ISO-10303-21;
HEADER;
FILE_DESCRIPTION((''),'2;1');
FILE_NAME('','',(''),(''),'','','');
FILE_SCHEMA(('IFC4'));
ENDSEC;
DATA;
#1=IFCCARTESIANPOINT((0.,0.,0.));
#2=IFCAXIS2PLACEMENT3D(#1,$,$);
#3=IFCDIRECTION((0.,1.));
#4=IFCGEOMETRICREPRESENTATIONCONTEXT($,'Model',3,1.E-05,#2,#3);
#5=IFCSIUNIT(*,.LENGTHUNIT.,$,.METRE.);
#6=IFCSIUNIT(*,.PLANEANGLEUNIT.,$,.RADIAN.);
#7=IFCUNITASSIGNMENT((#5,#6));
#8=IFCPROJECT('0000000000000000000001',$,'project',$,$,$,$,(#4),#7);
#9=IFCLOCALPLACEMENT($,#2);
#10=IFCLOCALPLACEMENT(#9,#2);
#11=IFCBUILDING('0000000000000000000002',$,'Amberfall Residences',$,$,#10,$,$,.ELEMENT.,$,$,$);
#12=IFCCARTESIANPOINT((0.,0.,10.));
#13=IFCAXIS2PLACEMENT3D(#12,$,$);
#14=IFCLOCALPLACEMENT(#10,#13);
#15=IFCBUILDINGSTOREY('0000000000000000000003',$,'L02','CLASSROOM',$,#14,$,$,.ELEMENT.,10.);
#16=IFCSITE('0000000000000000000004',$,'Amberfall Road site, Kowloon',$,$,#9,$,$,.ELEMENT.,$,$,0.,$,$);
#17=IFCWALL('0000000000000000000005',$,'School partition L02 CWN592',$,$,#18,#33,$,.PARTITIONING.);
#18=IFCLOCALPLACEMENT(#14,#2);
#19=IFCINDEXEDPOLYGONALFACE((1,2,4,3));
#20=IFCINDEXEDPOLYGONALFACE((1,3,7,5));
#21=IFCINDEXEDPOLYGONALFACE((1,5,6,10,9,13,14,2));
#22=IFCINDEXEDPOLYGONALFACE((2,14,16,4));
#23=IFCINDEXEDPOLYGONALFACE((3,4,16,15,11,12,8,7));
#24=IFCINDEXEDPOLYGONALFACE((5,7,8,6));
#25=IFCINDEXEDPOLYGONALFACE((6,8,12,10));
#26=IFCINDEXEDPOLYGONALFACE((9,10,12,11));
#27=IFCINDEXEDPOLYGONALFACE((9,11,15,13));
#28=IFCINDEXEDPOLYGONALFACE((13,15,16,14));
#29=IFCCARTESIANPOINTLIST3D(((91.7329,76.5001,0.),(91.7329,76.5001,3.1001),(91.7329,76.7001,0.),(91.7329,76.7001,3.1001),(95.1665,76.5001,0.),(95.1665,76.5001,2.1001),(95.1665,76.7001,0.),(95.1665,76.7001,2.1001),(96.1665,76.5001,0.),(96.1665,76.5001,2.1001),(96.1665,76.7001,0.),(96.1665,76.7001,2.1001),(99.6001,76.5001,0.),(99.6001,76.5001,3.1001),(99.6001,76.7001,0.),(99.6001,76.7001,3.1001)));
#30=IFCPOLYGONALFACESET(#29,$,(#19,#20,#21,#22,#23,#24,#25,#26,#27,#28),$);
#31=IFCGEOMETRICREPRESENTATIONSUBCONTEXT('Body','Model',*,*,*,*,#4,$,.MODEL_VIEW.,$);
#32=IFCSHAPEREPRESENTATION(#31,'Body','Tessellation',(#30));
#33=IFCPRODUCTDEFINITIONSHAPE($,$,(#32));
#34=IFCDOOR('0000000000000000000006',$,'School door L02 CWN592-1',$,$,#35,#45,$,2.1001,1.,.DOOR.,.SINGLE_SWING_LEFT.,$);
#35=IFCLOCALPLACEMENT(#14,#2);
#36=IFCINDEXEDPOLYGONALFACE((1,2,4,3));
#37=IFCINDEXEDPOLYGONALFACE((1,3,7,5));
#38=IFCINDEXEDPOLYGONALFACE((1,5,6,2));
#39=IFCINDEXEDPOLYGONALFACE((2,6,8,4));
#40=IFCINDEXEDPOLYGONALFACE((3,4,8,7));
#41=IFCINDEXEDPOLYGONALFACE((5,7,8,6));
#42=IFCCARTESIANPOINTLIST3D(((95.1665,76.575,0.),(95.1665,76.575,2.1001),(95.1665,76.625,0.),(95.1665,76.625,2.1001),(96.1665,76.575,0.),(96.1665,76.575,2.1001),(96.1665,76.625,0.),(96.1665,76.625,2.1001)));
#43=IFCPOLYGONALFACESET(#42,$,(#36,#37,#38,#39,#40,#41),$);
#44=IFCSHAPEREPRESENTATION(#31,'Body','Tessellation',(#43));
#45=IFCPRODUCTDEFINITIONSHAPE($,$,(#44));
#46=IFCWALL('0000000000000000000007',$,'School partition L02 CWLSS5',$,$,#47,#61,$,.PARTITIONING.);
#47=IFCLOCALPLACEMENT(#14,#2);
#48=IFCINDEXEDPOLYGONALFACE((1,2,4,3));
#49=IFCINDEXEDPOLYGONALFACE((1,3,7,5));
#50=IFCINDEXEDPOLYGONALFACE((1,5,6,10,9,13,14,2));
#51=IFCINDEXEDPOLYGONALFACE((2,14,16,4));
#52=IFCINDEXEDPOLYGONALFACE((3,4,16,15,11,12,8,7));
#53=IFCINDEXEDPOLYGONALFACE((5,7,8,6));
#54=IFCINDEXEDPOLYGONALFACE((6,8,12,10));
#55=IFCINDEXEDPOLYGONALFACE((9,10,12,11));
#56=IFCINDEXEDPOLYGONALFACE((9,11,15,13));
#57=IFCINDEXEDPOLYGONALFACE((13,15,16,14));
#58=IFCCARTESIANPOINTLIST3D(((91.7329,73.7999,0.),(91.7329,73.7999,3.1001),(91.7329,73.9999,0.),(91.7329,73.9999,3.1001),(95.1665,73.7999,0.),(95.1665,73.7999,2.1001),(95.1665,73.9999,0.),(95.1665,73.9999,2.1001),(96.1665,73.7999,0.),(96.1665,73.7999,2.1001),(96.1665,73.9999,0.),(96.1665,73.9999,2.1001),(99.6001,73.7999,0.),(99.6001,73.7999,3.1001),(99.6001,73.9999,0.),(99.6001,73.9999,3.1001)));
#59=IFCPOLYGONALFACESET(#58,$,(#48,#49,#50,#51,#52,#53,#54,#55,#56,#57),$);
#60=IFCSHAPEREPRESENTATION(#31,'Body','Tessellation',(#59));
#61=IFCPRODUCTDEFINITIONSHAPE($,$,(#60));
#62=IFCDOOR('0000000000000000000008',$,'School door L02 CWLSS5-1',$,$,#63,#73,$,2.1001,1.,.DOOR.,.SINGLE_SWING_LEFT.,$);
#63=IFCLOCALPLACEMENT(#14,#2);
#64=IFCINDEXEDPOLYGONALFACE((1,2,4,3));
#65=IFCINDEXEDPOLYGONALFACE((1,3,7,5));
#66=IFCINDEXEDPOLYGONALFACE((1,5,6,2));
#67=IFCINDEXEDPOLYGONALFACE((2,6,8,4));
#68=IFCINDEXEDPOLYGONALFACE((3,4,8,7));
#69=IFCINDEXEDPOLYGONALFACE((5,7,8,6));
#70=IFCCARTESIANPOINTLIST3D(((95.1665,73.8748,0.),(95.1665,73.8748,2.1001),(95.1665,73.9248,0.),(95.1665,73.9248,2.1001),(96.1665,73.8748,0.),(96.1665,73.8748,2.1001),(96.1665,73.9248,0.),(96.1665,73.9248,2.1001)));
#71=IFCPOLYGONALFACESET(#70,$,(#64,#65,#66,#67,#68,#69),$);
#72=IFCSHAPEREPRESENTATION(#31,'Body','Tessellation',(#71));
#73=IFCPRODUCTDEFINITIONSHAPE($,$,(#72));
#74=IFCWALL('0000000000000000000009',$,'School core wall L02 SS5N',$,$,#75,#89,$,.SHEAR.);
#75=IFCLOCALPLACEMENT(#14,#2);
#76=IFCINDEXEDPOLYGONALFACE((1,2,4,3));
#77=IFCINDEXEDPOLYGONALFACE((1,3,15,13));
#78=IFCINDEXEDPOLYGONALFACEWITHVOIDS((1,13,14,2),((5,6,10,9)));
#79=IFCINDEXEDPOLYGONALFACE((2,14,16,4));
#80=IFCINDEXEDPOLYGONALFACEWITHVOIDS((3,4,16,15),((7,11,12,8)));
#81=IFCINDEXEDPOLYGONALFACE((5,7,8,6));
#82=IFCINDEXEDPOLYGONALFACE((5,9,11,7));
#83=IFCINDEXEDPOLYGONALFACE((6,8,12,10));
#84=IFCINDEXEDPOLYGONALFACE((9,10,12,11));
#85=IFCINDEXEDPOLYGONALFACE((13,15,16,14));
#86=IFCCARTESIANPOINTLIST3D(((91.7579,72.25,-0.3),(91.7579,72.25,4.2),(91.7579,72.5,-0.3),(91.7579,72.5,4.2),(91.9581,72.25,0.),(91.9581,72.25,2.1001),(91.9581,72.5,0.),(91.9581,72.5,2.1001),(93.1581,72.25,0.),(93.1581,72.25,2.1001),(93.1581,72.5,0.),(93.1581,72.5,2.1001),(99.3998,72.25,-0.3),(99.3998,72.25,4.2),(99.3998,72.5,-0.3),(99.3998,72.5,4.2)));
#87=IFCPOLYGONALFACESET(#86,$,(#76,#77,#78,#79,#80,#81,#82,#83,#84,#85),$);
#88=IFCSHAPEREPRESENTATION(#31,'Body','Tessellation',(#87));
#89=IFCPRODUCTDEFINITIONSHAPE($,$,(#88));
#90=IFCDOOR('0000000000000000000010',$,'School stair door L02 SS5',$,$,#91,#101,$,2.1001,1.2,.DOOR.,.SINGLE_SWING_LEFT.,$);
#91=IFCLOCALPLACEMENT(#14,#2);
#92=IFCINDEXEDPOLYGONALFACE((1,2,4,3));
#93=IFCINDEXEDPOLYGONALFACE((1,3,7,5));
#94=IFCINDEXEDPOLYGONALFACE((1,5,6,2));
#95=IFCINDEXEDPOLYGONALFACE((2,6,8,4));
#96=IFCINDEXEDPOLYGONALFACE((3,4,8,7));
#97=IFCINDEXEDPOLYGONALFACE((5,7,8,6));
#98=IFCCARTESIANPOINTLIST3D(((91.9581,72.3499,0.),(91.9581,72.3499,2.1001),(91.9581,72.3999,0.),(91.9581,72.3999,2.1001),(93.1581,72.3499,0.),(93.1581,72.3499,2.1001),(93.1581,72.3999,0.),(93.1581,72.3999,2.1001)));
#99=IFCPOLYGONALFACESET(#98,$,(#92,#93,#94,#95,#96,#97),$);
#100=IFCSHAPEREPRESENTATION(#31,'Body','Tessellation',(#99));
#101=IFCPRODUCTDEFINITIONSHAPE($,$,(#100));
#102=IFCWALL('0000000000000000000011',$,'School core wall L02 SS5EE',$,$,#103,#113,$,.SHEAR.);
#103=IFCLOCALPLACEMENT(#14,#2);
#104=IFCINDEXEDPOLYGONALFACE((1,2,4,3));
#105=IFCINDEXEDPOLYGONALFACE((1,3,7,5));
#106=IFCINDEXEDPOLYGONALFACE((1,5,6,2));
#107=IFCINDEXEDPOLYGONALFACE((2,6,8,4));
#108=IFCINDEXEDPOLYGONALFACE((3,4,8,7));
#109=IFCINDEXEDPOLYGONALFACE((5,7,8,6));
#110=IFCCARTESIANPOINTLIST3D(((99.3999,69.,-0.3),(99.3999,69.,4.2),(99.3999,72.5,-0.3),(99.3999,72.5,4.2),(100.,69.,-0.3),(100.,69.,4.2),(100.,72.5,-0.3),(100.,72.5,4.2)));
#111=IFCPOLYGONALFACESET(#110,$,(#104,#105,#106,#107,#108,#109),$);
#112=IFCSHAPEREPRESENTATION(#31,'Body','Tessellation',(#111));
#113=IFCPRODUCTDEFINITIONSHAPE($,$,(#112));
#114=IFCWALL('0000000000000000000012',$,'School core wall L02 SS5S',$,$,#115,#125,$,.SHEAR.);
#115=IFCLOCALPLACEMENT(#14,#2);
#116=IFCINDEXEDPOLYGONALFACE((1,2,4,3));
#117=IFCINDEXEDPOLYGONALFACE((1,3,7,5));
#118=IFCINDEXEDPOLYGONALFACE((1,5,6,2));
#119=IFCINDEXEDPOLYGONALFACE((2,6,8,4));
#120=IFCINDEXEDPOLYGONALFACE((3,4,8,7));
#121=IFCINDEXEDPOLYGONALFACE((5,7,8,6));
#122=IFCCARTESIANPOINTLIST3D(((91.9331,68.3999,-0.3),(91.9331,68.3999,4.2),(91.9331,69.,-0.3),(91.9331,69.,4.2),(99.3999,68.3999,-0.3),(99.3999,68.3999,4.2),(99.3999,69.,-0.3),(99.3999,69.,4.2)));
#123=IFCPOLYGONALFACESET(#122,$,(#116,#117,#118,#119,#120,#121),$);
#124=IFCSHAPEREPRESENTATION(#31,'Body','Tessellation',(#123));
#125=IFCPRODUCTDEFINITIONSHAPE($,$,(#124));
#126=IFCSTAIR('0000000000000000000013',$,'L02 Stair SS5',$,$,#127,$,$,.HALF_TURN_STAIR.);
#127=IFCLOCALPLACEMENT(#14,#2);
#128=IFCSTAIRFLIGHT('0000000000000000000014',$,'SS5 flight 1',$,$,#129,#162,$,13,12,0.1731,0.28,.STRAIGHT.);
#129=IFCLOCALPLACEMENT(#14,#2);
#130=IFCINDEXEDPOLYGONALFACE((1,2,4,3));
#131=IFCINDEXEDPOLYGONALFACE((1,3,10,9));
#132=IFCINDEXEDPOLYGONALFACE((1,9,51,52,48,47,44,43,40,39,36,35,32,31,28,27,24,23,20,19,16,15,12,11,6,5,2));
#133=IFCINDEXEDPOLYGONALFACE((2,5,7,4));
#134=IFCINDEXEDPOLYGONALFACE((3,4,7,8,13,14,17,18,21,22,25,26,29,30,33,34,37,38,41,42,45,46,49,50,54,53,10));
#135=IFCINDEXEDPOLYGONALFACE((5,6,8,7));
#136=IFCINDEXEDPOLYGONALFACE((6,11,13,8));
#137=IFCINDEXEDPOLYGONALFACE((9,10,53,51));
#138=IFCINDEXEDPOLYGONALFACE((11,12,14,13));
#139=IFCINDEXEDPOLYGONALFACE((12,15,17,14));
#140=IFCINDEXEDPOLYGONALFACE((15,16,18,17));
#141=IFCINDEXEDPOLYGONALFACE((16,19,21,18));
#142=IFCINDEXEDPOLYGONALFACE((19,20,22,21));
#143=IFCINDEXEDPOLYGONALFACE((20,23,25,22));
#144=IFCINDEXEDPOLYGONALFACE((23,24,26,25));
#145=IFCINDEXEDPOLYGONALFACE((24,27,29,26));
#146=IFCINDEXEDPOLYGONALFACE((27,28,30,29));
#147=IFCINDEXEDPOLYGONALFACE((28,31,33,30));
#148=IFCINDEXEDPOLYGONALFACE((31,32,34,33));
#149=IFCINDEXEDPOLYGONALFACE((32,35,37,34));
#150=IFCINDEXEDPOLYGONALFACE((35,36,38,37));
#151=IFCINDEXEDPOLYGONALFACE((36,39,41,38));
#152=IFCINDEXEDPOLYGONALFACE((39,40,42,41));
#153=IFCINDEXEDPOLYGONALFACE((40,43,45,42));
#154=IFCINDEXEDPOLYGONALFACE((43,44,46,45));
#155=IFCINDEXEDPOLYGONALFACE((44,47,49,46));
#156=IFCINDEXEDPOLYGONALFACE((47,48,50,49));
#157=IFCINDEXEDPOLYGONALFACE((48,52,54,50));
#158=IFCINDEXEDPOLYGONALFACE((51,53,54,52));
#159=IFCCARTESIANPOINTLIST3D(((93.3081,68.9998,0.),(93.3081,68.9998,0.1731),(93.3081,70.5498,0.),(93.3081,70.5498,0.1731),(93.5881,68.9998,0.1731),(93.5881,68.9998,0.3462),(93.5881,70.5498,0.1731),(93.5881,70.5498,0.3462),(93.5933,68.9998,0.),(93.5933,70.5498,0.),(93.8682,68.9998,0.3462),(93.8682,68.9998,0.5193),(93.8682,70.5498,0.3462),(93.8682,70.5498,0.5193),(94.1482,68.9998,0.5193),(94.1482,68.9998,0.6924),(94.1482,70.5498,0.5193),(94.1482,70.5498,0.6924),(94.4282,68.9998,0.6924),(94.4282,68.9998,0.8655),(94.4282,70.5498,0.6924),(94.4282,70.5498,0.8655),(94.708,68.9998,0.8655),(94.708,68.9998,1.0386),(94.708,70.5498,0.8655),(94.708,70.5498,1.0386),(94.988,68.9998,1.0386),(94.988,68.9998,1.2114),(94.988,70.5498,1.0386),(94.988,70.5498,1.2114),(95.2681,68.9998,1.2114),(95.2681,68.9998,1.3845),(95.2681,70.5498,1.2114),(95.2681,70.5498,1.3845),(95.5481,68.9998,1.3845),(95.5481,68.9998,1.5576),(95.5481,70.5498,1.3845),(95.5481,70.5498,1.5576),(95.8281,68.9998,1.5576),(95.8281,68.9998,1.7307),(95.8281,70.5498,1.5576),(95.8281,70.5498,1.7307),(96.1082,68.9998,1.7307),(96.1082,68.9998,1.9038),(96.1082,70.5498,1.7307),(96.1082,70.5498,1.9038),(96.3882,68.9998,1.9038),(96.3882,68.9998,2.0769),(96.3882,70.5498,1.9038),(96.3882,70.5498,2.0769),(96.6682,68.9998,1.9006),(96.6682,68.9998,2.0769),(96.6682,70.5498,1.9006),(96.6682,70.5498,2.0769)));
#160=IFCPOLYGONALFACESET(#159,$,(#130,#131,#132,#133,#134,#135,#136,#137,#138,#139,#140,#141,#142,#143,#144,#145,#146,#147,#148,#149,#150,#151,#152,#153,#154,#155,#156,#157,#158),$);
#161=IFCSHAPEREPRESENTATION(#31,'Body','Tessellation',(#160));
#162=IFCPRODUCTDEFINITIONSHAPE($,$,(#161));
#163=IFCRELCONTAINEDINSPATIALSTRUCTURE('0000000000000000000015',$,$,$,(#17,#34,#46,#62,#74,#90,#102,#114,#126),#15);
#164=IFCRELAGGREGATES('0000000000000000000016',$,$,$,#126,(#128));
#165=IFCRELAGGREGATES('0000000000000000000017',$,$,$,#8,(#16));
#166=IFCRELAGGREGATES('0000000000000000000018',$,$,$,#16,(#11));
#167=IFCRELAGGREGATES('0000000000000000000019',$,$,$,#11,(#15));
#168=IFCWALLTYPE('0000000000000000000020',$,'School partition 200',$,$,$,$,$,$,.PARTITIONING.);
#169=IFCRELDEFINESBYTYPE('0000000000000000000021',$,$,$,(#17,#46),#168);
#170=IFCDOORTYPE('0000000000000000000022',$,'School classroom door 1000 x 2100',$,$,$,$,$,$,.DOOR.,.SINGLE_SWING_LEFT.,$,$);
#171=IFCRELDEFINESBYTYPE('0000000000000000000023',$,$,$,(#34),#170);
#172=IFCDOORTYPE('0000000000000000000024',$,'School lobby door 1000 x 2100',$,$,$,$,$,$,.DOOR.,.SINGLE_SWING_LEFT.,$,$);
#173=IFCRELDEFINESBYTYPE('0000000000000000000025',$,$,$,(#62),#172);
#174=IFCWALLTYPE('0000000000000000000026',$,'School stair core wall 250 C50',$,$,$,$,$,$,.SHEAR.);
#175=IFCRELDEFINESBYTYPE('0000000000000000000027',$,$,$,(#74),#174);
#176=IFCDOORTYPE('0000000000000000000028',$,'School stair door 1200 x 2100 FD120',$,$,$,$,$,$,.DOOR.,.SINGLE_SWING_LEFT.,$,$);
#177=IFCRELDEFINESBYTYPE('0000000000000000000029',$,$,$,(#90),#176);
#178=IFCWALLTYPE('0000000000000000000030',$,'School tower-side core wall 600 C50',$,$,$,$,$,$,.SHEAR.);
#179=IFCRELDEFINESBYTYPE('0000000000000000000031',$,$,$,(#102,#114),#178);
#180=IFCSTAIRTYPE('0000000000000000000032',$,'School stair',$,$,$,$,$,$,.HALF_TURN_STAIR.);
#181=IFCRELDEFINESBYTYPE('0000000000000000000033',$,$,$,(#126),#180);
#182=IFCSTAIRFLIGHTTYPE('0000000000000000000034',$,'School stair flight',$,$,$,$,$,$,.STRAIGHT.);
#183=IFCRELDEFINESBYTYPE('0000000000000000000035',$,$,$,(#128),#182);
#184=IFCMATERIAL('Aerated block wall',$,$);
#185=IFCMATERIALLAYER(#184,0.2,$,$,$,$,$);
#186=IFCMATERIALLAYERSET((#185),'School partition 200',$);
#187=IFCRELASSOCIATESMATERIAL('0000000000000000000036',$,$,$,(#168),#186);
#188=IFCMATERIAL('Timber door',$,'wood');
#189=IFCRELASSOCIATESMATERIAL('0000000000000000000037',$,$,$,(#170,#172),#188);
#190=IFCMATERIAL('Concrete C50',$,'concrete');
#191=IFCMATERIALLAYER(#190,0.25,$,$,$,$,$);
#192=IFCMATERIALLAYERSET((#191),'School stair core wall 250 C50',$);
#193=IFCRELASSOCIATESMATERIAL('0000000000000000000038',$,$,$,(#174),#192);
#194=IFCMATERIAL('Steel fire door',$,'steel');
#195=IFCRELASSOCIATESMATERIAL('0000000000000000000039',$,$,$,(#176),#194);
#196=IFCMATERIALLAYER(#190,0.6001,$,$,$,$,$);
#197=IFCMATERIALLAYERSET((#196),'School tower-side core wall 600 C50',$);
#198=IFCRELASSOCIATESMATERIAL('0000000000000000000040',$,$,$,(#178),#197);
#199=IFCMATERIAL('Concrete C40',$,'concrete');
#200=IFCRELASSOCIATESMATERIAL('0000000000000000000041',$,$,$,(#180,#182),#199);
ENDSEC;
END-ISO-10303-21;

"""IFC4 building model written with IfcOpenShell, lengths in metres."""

from ifc_helpers import new_model, si_unit, direction, frame, frame_2d, origin, place, context, subcontext, project, spatial, polyline, rectangle, outline, extrude, material, layer, layer_set, type_object, element, fill, aggregate, save


model = new_model("IFC4")

# Units and contexts
model_context = context("Model", 3, precision=1e-05, world=origin(), true_north=direction((0.0, 1.0)))
body_context = subcontext(model_context, "Body", "Model", "MODEL_VIEW")
ifc_project = project(units=[si_unit("LENGTHUNIT", "METRE"), si_unit("PLANEANGLEUNIT", "RADIAN")], contexts=[model_context])

# Site, building, storey
site_placement = place(None, origin())
site = spatial("IfcSite", under=ifc_project, at=site_placement, Name="Amberfall Road site, Kowloon", CompositionType="ELEMENT", RefElevation=0.0)
building_placement = place(site_placement, origin())
building = spatial("IfcBuilding", under=site, at=building_placement, Name="Amberfall Residences", CompositionType="ELEMENT")
storey_placement = place(building_placement, frame((0.0, 0.0, 10.0)))
storey = spatial("IfcBuildingStorey", under=building, at=storey_placement, Name="L02", Description="CLASSROOM", CompositionType="ELEMENT", Elevation=10.0)

# Shared definitions
ifc_material_1 = material(Name="Concrete C40", Category="concrete")

# Shared definitions
ifc_material_2 = material(Name="Aerated block wall")

# Walls, openings, doors
ifc_layer_1 = layer(ifc_material_2, 0.2)
ifc_layer_set_1 = layer_set([ifc_layer_1], Name="School partition 200")
wall_type_1 = type_object("IfcWallType", Name="School partition 200", PredefinedType="PARTITIONING", material=ifc_layer_set_1)
wall_1_placement = place(storey_placement, frame((91.7329, 76.6001, 0.0), z_axis=(0.0, 0.0, 1.0), x_axis=(1.0, 0.0, 0.0)))
wall_1 = element("IfcWall", 1, at=wall_1_placement, inside=storey, type_object=wall_type_1, Name="School partition L02 CWN592", PredefinedType="PARTITIONING", context=body_context, shape_type="SweptSolid", body=[
    extrude(rectangle(XDim=7.8672, YDim=0.2, at=frame_2d((3.9336, 0.0))), origin(), (0.0, 0.0, 1.0), 3.1001),
])
opening_1_placement = place(wall_1_placement, frame((3.4336, 0.0, 0.0)))
opening_1 = element("IfcOpeningElement", 2, at=opening_1_placement, cuts=wall_1, PredefinedType="OPENING", context=body_context, shape_type="SweptSolid", body=[
    extrude(rectangle(XDim=1.0, YDim=2.1001, at=frame_2d((0.5, 1.05))), frame((0.0, 0.1099, 0.0), z_axis=(0.0, -1.0, 0.0), x_axis=(1.0, 0.0, 0.0)), (0.0, 0.0, 1.0), 0.22),
])
ifc_material_3 = material(Name="Timber door", Category="wood")
door_type_1 = type_object("IfcDoorType", Name="School classroom door 1000 x 2100", OperationType="SINGLE_SWING_LEFT", PredefinedType="DOOR", material=ifc_material_3)
door_1_placement = place(opening_1_placement, origin())
door_1 = element("IfcDoor", 3, at=door_1_placement, inside=storey, type_object=door_type_1, Name="School door L02 CWN592-1", OperationType="SINGLE_SWING_LEFT", OverallHeight=2.1001, OverallWidth=1.0, PredefinedType="DOOR", context=body_context, shape_type="SweptSolid", body=[
    extrude(rectangle(XDim=1.0, YDim=2.1001, at=frame_2d((0.5, 1.05))), frame((0.0, 0.0249, 0.0), z_axis=(0.0, -1.0, 0.0), x_axis=(1.0, 0.0, 0.0)), (0.0, 0.0, 1.0), 0.05),
])
fill(opening_1, door_1)
wall_2_placement = place(storey_placement, frame((91.7329, 73.8999, 0.0), z_axis=(0.0, 0.0, 1.0), x_axis=(1.0, 0.0, 0.0)))
wall_2 = element("IfcWall", 4, at=wall_2_placement, inside=storey, type_object=wall_type_1, Name="School partition L02 CWLSS5", PredefinedType="PARTITIONING", context=body_context, shape_type="SweptSolid", body=[
    extrude(rectangle(XDim=7.8672, YDim=0.2, at=frame_2d((3.9336, 0.0))), origin(), (0.0, 0.0, 1.0), 3.1001),
])
opening_2_placement = place(wall_2_placement, frame((3.4336, 0.0, 0.0)))
opening_2 = element("IfcOpeningElement", 5, at=opening_2_placement, cuts=wall_2, PredefinedType="OPENING", context=body_context, shape_type="SweptSolid", body=[
    extrude(rectangle(XDim=1.0, YDim=2.1001, at=frame_2d((0.5, 1.05))), frame((0.0, 0.1099, 0.0), z_axis=(0.0, -1.0, 0.0), x_axis=(1.0, 0.0, 0.0)), (0.0, 0.0, 1.0), 0.22),
])
door_type_2 = type_object("IfcDoorType", Name="School lobby door 1000 x 2100", OperationType="SINGLE_SWING_LEFT", PredefinedType="DOOR", material=ifc_material_3)
door_2_placement = place(opening_2_placement, origin())
door_2 = element("IfcDoor", 6, at=door_2_placement, inside=storey, type_object=door_type_2, Name="School door L02 CWLSS5-1", OperationType="SINGLE_SWING_LEFT", OverallHeight=2.1001, OverallWidth=1.0, PredefinedType="DOOR", context=body_context, shape_type="SweptSolid", body=[
    extrude(rectangle(XDim=1.0, YDim=2.1001, at=frame_2d((0.5, 1.05))), frame((0.0, 0.0249, 0.0), z_axis=(0.0, -1.0, 0.0), x_axis=(1.0, 0.0, 0.0)), (0.0, 0.0, 1.0), 0.05),
])
fill(opening_2, door_2)
ifc_material_4 = material(Name="Concrete C50", Category="concrete")
ifc_layer_2 = layer(ifc_material_4, 0.25)
ifc_layer_set_2 = layer_set([ifc_layer_2], Name="School stair core wall 250 C50")
wall_type_2 = type_object("IfcWallType", Name="School stair core wall 250 C50", PredefinedType="SHEAR", material=ifc_layer_set_2)
wall_3_placement = place(storey_placement, frame((91.7581, 72.375, -0.3), z_axis=(0.0, 0.0, 1.0), x_axis=(1.0, 0.0, 0.0)))
wall_3 = element("IfcWall", 7, at=wall_3_placement, inside=storey, type_object=wall_type_2, Name="School core wall L02 SS5N", PredefinedType="SHEAR", context=body_context, shape_type="SweptSolid", body=[
    extrude(rectangle(XDim=7.6418, YDim=0.25, at=frame_2d((3.8208, 0.0))), origin(), (0.0, 0.0, 1.0), 4.5),
])
opening_3_placement = place(wall_3_placement, frame((0.2, 0.0, 0.3)))
opening_3 = element("IfcOpeningElement", 8, at=opening_3_placement, cuts=wall_3, PredefinedType="OPENING", context=body_context, shape_type="SweptSolid", body=[
    extrude(rectangle(XDim=1.2, YDim=2.1001, at=frame_2d((0.6001, 1.05))), frame((0.0, 0.135, 0.0), z_axis=(0.0, -1.0, 0.0), x_axis=(1.0, 0.0, 0.0)), (0.0, 0.0, 1.0), 0.27),
])
ifc_material_5 = material(Name="Steel fire door", Category="steel")
door_type_3 = type_object("IfcDoorType", Name="School stair door 1200 x 2100 FD120", OperationType="SINGLE_SWING_LEFT", PredefinedType="DOOR", material=ifc_material_5)
door_3_placement = place(opening_3_placement, origin())
door_3 = element("IfcDoor", 9, at=door_3_placement, inside=storey, type_object=door_type_3, Name="School stair door L02 SS5", OperationType="SINGLE_SWING_LEFT", OverallHeight=2.1001, OverallWidth=1.2, PredefinedType="DOOR", context=body_context, shape_type="SweptSolid", body=[
    extrude(rectangle(XDim=1.2, YDim=2.1001, at=frame_2d((0.6001, 1.05))), frame((0.0, 0.0249, 0.0), z_axis=(0.0, -1.0, 0.0), x_axis=(1.0, 0.0, 0.0)), (0.0, 0.0, 1.0), 0.05),
])
fill(opening_3, door_3)

# Walls
ifc_layer_3 = layer(ifc_material_4, 0.6001)
ifc_layer_set_3 = layer_set([ifc_layer_3], Name="School tower-side core wall 600 C50")
wall_type_3 = type_object("IfcWallType", Name="School tower-side core wall 600 C50", PredefinedType="SHEAR", material=ifc_layer_set_3)
wall_4_placement = place(storey_placement, frame((99.7, 69.0, -0.3), z_axis=(0.0, 0.0, 1.0), x_axis=(0.0, 1.0, 0.0)))
element("IfcWall", 10, at=wall_4_placement, inside=storey, type_object=wall_type_3, Name="School core wall L02 SS5EE", PredefinedType="SHEAR", context=body_context, shape_type="SweptSolid", body=[
    extrude(rectangle(XDim=3.5, YDim=0.6001, at=frame_2d((1.75, 0.0))), origin(), (0.0, 0.0, 1.0), 4.5),
])
wall_5_placement = place(storey_placement, frame((91.9331, 68.7, -0.3), z_axis=(0.0, 0.0, 1.0), x_axis=(1.0, 0.0, 0.0)))
element("IfcWall", 11, at=wall_5_placement, inside=storey, type_object=wall_type_3, Name="School core wall L02 SS5S", PredefinedType="SHEAR", context=body_context, shape_type="SweptSolid", body=[
    extrude(rectangle(XDim=7.4668, YDim=0.6001, at=frame_2d((3.7334, 0.0))), origin(), (0.0, 0.0, 1.0), 4.5),
])

# Stair, stair flight
stair_type = type_object("IfcStairType", Name="School stair", PredefinedType="HALF_TURN_STAIR", material=ifc_material_1)
stair_placement = place(storey_placement, origin())
stair = element("IfcStair", 12, at=stair_placement, inside=storey, type_object=stair_type, Name="L02 Stair SS5", PredefinedType="HALF_TURN_STAIR")
stair_flight_type = type_object("IfcStairFlightType", Name="School stair flight", PredefinedType="STRAIGHT", material=ifc_material_1)
stair_flight_1_placement = place(storey_placement, frame((93.3081, 69.7749, 0.0), z_axis=(0.0, 0.0, 1.0), x_axis=(1.0, 0.0, 0.0)))
stair_flight_1 = element("IfcStairFlight", 13, at=stair_flight_1_placement, type_object=stair_flight_type, Name="SS5 flight 1", NumberOfRisers=13, NumberOfTreads=12, PredefinedType="STRAIGHT", RiserHeight=0.1731, TreadLength=0.28, context=body_context, shape_type="SweptSolid", body=[
    extrude(outline(polyline([(0.0, 0.0), (0.0, 0.1731), (0.28, 0.1731), (0.28, 0.3462), (0.5601, 0.3462), (0.5601, 0.5193), (0.8401, 0.5193), (0.8401, 0.6924), (1.1201, 0.6924), (1.1201, 0.8655), (1.3999, 0.8655), (1.3999, 1.0386), (1.6799, 1.0386), (1.6799, 1.2114), (1.96, 1.2114), (1.96, 1.3845), (2.24, 1.3845), (2.24, 1.5576), (2.52, 1.5576), (2.52, 1.7307), (2.8, 1.7307), (2.8, 1.9038), (3.0801, 1.9038), (3.0801, 2.0769), (3.3601, 2.0769), (3.3601, 2.25), (3.3601, 1.9006), (0.2852, 0.0), (0.0, 0.0)])), frame((0.0, 0.7749, 0.0), z_axis=(0.0, -1.0, 0.0), x_axis=(1.0, 0.0, 0.0)), (0.0, 0.0, 1.0), 1.55),
])
aggregate(stair, [stair_flight_1])

save(model, "model.ifc")
